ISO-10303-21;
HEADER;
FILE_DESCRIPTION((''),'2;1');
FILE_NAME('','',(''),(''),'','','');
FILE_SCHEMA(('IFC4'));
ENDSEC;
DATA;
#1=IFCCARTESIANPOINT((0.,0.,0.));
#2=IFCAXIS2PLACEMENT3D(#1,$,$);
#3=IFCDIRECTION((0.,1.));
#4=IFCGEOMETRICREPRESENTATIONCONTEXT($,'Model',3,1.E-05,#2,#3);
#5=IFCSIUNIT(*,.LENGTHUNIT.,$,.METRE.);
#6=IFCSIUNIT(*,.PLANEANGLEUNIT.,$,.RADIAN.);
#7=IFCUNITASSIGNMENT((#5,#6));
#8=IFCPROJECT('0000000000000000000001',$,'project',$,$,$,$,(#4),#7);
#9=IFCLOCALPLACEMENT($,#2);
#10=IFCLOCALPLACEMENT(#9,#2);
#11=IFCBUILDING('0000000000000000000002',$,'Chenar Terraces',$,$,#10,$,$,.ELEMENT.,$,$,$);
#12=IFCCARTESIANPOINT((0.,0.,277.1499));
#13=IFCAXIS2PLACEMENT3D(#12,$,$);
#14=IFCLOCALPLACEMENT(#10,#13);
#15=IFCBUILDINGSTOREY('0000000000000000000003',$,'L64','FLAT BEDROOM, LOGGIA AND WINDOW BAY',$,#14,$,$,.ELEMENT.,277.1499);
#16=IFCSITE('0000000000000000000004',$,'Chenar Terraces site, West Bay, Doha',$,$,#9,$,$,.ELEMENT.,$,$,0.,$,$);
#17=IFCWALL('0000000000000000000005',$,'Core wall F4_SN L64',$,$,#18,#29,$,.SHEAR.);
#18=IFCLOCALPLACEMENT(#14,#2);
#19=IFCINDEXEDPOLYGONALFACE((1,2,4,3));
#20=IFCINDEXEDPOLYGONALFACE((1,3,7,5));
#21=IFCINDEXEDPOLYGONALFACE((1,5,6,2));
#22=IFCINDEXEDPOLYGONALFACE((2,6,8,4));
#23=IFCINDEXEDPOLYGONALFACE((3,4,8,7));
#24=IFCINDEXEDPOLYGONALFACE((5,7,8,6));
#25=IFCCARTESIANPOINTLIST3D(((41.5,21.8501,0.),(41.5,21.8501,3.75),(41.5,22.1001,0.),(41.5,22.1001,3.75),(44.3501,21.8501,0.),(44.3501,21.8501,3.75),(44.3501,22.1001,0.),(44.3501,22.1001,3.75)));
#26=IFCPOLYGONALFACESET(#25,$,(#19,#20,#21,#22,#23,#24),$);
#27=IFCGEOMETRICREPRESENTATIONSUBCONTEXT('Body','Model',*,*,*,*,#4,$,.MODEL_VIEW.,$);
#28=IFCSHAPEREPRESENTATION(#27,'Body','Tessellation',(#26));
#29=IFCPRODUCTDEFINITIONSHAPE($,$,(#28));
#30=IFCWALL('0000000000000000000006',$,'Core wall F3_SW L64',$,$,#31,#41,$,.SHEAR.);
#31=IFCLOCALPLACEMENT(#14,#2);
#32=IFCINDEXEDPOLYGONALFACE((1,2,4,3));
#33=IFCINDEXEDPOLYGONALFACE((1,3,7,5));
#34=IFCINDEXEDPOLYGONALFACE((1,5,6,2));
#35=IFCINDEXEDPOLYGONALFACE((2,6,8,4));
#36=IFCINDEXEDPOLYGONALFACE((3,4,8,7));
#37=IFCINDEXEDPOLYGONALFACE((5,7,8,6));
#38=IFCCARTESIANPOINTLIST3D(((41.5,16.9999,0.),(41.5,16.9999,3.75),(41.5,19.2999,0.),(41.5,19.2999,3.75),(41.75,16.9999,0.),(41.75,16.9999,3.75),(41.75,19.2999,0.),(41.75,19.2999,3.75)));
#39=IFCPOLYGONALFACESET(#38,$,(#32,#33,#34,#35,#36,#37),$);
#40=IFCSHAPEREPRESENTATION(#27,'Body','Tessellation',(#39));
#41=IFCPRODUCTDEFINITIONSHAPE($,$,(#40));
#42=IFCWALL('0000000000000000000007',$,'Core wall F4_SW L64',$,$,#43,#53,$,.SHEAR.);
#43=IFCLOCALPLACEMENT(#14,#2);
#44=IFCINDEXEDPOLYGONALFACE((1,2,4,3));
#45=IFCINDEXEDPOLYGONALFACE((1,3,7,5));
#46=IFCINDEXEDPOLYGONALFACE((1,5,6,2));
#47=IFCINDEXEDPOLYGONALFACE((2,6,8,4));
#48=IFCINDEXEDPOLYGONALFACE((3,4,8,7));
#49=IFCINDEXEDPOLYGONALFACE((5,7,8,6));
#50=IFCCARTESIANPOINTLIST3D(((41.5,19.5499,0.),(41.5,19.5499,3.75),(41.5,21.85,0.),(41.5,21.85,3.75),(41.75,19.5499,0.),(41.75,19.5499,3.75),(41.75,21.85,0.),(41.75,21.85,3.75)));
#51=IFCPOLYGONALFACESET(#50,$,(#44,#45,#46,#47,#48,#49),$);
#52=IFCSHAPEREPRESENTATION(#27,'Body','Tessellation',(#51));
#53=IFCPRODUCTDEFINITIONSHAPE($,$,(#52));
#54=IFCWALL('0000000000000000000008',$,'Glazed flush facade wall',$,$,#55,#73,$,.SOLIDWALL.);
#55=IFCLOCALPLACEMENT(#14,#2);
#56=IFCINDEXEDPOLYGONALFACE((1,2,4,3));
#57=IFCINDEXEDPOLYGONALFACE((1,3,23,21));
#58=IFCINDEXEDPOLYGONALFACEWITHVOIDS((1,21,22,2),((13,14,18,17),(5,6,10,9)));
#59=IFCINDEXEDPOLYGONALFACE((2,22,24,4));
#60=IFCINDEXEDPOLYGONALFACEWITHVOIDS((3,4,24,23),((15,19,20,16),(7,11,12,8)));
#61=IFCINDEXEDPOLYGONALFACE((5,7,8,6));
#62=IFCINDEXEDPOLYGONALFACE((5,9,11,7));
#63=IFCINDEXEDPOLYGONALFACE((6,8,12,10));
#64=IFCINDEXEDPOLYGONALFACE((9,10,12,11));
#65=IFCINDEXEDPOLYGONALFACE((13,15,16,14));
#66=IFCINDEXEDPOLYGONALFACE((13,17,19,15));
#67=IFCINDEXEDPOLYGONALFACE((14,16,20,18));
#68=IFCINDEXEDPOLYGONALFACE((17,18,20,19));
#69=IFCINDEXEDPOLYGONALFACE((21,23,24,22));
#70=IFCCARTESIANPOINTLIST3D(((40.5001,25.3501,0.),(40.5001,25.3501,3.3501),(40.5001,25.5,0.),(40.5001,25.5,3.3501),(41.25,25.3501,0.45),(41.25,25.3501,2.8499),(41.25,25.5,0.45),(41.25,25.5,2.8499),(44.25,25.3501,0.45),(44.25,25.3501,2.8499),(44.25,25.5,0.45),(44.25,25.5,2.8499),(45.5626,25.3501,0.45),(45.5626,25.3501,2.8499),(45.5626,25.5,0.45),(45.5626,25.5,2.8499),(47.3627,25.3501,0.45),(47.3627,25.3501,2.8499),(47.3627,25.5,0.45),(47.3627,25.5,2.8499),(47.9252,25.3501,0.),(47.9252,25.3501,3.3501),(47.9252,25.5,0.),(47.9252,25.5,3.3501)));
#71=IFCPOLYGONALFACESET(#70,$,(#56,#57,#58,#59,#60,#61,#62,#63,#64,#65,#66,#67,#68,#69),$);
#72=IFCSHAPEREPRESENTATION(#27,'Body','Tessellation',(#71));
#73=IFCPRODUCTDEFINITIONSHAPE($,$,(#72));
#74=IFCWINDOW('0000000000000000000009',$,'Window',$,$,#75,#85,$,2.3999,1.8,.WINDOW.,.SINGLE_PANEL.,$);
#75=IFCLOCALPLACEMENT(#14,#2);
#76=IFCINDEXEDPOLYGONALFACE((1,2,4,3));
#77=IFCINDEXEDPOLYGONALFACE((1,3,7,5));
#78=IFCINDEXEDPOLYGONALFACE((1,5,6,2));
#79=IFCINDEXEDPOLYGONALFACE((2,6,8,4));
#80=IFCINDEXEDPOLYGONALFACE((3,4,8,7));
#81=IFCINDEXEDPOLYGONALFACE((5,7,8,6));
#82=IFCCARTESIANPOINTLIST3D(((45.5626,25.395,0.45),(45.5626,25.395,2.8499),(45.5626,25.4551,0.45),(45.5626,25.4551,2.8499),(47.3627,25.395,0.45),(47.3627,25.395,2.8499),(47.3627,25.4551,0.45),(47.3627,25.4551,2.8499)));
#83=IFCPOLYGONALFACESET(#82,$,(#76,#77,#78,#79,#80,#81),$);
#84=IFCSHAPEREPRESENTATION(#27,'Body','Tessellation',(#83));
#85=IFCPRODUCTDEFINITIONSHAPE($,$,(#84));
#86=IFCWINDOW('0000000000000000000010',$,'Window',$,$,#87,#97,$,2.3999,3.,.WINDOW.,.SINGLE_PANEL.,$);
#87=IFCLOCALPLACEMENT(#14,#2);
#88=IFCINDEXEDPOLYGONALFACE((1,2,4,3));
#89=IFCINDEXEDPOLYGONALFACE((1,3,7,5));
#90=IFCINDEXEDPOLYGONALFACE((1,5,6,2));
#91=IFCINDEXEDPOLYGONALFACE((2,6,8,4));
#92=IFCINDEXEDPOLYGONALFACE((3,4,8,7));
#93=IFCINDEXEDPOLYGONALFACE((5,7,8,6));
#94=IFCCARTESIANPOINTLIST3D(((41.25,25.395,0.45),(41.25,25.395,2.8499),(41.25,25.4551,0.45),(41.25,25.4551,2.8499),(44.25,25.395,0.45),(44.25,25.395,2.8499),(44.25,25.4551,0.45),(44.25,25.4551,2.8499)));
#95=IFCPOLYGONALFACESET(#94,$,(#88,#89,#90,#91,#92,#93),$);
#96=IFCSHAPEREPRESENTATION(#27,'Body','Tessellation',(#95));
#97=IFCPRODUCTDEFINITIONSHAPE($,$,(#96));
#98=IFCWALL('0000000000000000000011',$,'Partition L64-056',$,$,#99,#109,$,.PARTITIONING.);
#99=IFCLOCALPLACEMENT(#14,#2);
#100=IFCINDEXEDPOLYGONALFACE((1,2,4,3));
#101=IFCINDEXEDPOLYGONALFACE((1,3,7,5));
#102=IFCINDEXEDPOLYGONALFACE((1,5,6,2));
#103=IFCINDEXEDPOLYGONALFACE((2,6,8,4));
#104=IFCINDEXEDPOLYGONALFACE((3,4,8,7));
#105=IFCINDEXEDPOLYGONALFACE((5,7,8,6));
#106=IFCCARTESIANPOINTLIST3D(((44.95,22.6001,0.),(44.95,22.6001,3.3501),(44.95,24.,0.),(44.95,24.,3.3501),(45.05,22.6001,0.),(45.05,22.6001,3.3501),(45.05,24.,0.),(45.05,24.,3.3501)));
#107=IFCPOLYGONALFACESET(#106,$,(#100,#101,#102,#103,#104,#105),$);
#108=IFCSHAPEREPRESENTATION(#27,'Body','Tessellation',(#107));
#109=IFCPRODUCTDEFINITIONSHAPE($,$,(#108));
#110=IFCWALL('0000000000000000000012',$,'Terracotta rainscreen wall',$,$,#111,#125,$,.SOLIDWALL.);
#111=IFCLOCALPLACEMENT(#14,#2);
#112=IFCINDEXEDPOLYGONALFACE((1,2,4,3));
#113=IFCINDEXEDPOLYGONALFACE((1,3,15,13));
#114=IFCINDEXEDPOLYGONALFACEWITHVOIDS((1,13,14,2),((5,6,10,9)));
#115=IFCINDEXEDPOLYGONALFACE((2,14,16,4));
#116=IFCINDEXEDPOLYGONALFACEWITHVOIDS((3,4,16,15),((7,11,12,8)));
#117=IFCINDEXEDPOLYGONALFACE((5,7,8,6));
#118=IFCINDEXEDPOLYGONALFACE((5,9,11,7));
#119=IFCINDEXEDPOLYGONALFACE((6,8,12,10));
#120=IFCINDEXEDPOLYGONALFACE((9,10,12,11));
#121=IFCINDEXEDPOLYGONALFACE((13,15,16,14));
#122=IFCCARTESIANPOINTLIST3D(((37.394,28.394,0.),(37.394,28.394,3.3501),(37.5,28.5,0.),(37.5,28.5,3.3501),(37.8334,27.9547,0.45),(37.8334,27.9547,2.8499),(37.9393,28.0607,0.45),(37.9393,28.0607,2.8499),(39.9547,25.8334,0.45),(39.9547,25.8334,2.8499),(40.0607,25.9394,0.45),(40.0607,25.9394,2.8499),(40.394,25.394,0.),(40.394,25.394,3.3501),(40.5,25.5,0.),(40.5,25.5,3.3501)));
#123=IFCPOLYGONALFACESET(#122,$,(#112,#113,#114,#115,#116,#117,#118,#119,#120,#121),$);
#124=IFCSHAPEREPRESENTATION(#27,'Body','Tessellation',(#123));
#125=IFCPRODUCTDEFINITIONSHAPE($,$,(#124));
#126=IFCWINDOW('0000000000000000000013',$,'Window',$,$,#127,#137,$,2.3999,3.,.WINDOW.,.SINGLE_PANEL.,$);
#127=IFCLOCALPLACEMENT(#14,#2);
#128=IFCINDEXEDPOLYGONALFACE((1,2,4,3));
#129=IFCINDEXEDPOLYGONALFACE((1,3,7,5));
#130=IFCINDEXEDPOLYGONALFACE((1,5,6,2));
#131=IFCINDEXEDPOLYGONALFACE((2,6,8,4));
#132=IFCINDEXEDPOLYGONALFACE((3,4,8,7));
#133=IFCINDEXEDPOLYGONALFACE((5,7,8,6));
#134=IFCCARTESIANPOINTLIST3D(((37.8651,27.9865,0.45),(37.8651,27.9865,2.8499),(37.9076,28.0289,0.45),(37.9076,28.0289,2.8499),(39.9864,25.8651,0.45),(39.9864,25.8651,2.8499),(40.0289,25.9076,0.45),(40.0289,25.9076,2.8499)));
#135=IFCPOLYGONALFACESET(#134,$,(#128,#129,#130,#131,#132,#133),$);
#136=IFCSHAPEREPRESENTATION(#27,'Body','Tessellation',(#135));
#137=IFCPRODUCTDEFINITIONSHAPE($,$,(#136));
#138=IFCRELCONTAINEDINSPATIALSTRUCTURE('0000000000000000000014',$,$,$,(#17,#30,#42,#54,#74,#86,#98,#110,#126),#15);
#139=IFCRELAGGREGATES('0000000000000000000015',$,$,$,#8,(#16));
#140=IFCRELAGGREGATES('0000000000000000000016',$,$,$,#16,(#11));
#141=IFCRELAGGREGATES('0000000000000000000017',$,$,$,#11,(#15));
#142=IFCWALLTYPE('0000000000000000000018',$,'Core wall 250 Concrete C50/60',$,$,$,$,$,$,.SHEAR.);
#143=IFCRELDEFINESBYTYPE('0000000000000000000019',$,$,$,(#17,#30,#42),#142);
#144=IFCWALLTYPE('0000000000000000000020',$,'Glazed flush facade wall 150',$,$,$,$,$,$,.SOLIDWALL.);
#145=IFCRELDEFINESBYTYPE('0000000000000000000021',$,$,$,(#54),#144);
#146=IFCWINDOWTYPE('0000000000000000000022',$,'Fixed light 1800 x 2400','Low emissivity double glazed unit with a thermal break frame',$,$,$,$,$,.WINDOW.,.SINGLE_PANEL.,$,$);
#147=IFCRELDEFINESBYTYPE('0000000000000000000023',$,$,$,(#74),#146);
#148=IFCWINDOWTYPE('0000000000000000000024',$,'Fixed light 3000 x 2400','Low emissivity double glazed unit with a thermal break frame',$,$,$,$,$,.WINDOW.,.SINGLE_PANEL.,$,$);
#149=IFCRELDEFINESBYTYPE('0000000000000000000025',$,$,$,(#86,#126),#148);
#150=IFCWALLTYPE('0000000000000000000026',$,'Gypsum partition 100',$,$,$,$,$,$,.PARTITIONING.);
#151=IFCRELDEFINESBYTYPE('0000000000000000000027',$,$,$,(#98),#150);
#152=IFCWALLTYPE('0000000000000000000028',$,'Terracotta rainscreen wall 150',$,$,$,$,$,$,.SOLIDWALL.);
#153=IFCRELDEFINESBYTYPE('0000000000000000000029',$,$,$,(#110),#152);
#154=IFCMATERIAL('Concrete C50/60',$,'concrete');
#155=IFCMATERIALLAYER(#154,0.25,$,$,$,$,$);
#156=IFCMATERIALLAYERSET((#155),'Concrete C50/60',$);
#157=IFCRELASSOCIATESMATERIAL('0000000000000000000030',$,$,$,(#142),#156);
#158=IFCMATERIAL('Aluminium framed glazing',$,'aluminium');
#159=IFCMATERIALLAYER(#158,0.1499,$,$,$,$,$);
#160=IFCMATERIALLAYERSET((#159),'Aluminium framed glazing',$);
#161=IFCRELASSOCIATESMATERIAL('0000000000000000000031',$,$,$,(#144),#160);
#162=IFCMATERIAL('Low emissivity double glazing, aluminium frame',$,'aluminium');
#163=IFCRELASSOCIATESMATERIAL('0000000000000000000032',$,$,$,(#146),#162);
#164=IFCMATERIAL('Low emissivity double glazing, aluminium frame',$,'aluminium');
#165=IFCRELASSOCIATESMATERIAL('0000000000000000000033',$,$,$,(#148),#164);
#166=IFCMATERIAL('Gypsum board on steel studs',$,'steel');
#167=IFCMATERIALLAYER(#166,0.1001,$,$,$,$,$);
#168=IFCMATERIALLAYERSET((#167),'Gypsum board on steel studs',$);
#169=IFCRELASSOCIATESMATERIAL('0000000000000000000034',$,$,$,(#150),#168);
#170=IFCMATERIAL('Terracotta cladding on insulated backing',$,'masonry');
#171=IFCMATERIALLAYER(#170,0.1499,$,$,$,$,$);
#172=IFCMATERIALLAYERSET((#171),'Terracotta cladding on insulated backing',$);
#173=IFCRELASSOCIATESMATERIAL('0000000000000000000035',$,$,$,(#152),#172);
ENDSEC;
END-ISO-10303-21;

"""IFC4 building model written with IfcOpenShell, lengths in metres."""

from ifc_helpers import new_model, si_unit, direction, frame, frame_2d, origin, place, context, subcontext, project, spatial, rectangle, extrude, material, layer, layer_set, type_object, element, fill, save


model = new_model("IFC4")

# Units and contexts
model_context = context("Model", 3, precision=1e-05, world=origin(), true_north=direction((0.0, 1.0)))
body_context = subcontext(model_context, "Body", "Model", "MODEL_VIEW")
ifc_project = project(units=[si_unit("LENGTHUNIT", "METRE"), si_unit("PLANEANGLEUNIT", "RADIAN")], contexts=[model_context])

# Site, building, storey
site_placement = place(None, origin())
site = spatial("IfcSite", under=ifc_project, at=site_placement, Name="Chenar Terraces site, West Bay, Doha", CompositionType="ELEMENT", RefElevation=0.0)
building_placement = place(site_placement, origin())
building = spatial("IfcBuilding", under=site, at=building_placement, Name="Chenar Terraces", CompositionType="ELEMENT")
storey_placement = place(building_placement, frame((0.0, 0.0, 277.1499)))
storey = spatial("IfcBuildingStorey", under=building, at=storey_placement, Name="L64", Description="FLAT BEDROOM, LOGGIA AND WINDOW BAY", CompositionType="ELEMENT", Elevation=277.1499)

# Shared definitions
ifc_material_1 = material(Name="Concrete C50/60", Category="concrete")
ifc_layer_1 = layer(ifc_material_1, 0.25)
ifc_layer_set_1 = layer_set([ifc_layer_1], Name="Concrete C50/60")
wall_type_1 = type_object("IfcWallType", Name="Core wall 250 Concrete C50/60", PredefinedType="SHEAR", material=ifc_layer_set_1)

# Walls
for number, where, z_axis, x_axis, name in (
    (1, (41.5, 21.9751, 0.0), (0.0, 0.0, 1.0), (1.0, 0.0, 0.0), "Core wall F4_SN L64"),
):
    element("IfcWall", number, at=place(storey_placement, frame(where, z_axis=z_axis, x_axis=x_axis)), inside=storey, type_object=wall_type_1, Name=name, PredefinedType="SHEAR", context=body_context, shape_type="SweptSolid", body=[
        extrude(rectangle(XDim=2.8501, YDim=0.25, at=frame_2d((1.425, 0.0))), origin(), (0.0, 0.0, 1.0), 3.75),
    ])
for number, where, z_axis, x_axis, name in (
    (2, (41.625, 17.0, 0.0), (0.0, 0.0, 1.0), (0.0, 1.0, 0.0), "Core wall F3_SW L64"),
    (3, (41.625, 19.55, 0.0), (0.0, 0.0, 1.0), (0.0, 1.0, 0.0), "Core wall F4_SW L64"),
):
    element("IfcWall", number, at=place(storey_placement, frame(where, z_axis=z_axis, x_axis=x_axis)), inside=storey, type_object=wall_type_1, Name=name, PredefinedType="SHEAR", context=body_context, shape_type="SweptSolid", body=[
        extrude(rectangle(XDim=2.3, YDim=0.25, at=frame_2d((1.1499, 0.0))), origin(), (0.0, 0.0, 1.0), 3.75),
    ])

# Wall, openings, windows
ifc_material_2 = material(Name="Aluminium framed glazing", Category="aluminium")
ifc_layer_2 = layer(ifc_material_2, 0.1499)
ifc_layer_set_2 = layer_set([ifc_layer_2], Name="Aluminium framed glazing")
wall_type_2 = type_object("IfcWallType", Name="Glazed flush facade wall 150", PredefinedType="SOLIDWALL", material=ifc_layer_set_2)
wall_1_placement = place(storey_placement, frame((47.925, 25.425, 0.0), z_axis=(0.0, 0.0, 1.0), x_axis=(-1.0, 0.0, 0.0)))
wall_1 = element("IfcWall", 4, at=wall_1_placement, inside=storey, type_object=wall_type_2, Name="Glazed flush facade wall", PredefinedType="SOLIDWALL", context=body_context, shape_type="SweptSolid", body=[
    extrude(rectangle(XDim=7.425, YDim=0.1499, at=frame_2d((3.7124, 0.0))), origin(), (0.0, 0.0, 1.0), 3.3501),
])
opening_1_placement = place(wall_1_placement, frame((0.5625, 0.0, 0.45)))
opening_1 = element("IfcOpeningElement", 5, at=opening_1_placement, cuts=wall_1, PredefinedType="OPENING", context=body_context, shape_type="SweptSolid", body=[
    extrude(rectangle(XDim=1.8, YDim=2.3999, at=frame_2d((0.8999, 1.2))), frame((0.0, 0.085, 0.0), z_axis=(0.0, -1.0, 0.0), x_axis=(1.0, 0.0, 0.0)), (0.0, 0.0, 1.0), 0.1699),
])
opening_2_placement = place(wall_1_placement, frame((3.675, 0.0, 0.45)))
opening_2 = element("IfcOpeningElement", 6, at=opening_2_placement, cuts=wall_1, PredefinedType="OPENING", context=body_context, shape_type="SweptSolid", body=[
    extrude(rectangle(XDim=3.0, YDim=2.3999, at=frame_2d((1.5, 1.2))), frame((0.0, 0.085, 0.0), z_axis=(0.0, -1.0, 0.0), x_axis=(1.0, 0.0, 0.0)), (0.0, 0.0, 1.0), 0.1699),
])
ifc_material_3 = material(Name="Low emissivity double glazing, aluminium frame", Category="aluminium")
window_type_1 = type_object("IfcWindowType", Name="Fixed light 1800 x 2400", Description="Low emissivity double glazed unit with a thermal break frame", PartitioningType="SINGLE_PANEL", PredefinedType="WINDOW", material=ifc_material_3)
window_1_placement = place(opening_1_placement, origin())
window_1 = element("IfcWindow", 7, at=window_1_placement, inside=storey, type_object=window_type_1, Name="Window", OverallHeight=2.3999, OverallWidth=1.8, PartitioningType="SINGLE_PANEL", PredefinedType="WINDOW", context=body_context, shape_type="SweptSolid", body=[
    extrude(rectangle(XDim=1.8, YDim=2.3999, at=frame_2d((0.8999, 1.2))), frame((0.0, 0.03, 0.0), z_axis=(0.0, -1.0, 0.0), x_axis=(1.0, 0.0, 0.0)), (0.0, 0.0, 1.0), 0.0601),
])
fill(opening_1, window_1)
ifc_material_4 = material(Name="Low emissivity double glazing, aluminium frame", Category="aluminium")
window_type_2 = type_object("IfcWindowType", Name="Fixed light 3000 x 2400", Description="Low emissivity double glazed unit with a thermal break frame", PartitioningType="SINGLE_PANEL", PredefinedType="WINDOW", material=ifc_material_4)
window_2_placement = place(opening_2_placement, origin())
window_2 = element("IfcWindow", 8, at=window_2_placement, inside=storey, type_object=window_type_2, Name="Window", OverallHeight=2.3999, OverallWidth=3.0, PartitioningType="SINGLE_PANEL", PredefinedType="WINDOW", context=body_context, shape_type="SweptSolid", body=[
    extrude(rectangle(XDim=3.0, YDim=2.3999, at=frame_2d((1.5, 1.2))), frame((0.0, 0.03, 0.0), z_axis=(0.0, -1.0, 0.0), x_axis=(1.0, 0.0, 0.0)), (0.0, 0.0, 1.0), 0.0601),
])
fill(opening_2, window_2)

# Wall
ifc_material_5 = material(Name="Gypsum board on steel studs", Category="steel")
ifc_layer_3 = layer(ifc_material_5, 0.1001)
ifc_layer_set_3 = layer_set([ifc_layer_3], Name="Gypsum board on steel studs")
wall_type_3 = type_object("IfcWallType", Name="Gypsum partition 100", PredefinedType="PARTITIONING", material=ifc_layer_set_3)
wall_2_placement = place(storey_placement, frame((45.0, 22.6001, 0.0), z_axis=(0.0, 0.0, 1.0), x_axis=(0.0, 1.0, 0.0)))
element("IfcWall", 9, at=wall_2_placement, inside=storey, type_object=wall_type_3, Name="Partition L64-056", PredefinedType="PARTITIONING", context=body_context, shape_type="SweptSolid", body=[
    extrude(rectangle(XDim=1.3999, YDim=0.1001, at=frame_2d((0.7, 0.0))), origin(), (0.0, 0.0, 1.0), 3.3501),
])

# Wall, opening, window
ifc_material_6 = material(Name="Terracotta cladding on insulated backing", Category="masonry")
ifc_layer_4 = layer(ifc_material_6, 0.1499)
ifc_layer_set_4 = layer_set([ifc_layer_4], Name="Terracotta cladding on insulated backing")
wall_type_4 = type_object("IfcWallType", Name="Terracotta rainscreen wall 150", PredefinedType="SOLIDWALL", material=ifc_layer_set_4)
wall_3_placement = place(storey_placement, frame((40.447, 25.447, 0.0), z_axis=(0.0, 0.0, 1.0), x_axis=(-0.707107, 0.707107, 0.0)))
wall_3 = element("IfcWall", 10, at=wall_3_placement, inside=storey, type_object=wall_type_4, Name="Terracotta rainscreen wall", PredefinedType="SOLIDWALL", context=body_context, shape_type="SweptSolid", body=[
    extrude(rectangle(XDim=4.2427, YDim=0.1499, at=frame_2d((2.1213, 0.0))), origin(), (0.0, 0.0, 1.0), 3.3501),
])
opening_3_placement = place(wall_3_placement, frame((0.6213, 0.0, 0.45)))
opening_3 = element("IfcOpeningElement", 11, at=opening_3_placement, cuts=wall_3, PredefinedType="OPENING", context=body_context, shape_type="SweptSolid", body=[
    extrude(rectangle(XDim=3.0, YDim=2.3999, at=frame_2d((1.5, 1.2))), frame((0.0, 0.085, 0.0), z_axis=(0.0, -1.0, 0.0), x_axis=(1.0, 0.0, 0.0)), (0.0, 0.0, 1.0), 0.1699),
])
window_3_placement = place(opening_3_placement, origin())
window_3 = element("IfcWindow", 12, at=window_3_placement, inside=storey, type_object=window_type_2, Name="Window", OverallHeight=2.3999, OverallWidth=3.0, PartitioningType="SINGLE_PANEL", PredefinedType="WINDOW", context=body_context, shape_type="SweptSolid", body=[
    extrude(rectangle(XDim=3.0, YDim=2.3999, at=frame_2d((1.5, 1.2))), frame((0.0, 0.03, 0.0), z_axis=(0.0, -1.0, 0.0), x_axis=(1.0, 0.0, 0.0)), (0.0, 0.0, 1.0), 0.0601),
])
fill(opening_3, window_3)

save(model, "model.ifc")
